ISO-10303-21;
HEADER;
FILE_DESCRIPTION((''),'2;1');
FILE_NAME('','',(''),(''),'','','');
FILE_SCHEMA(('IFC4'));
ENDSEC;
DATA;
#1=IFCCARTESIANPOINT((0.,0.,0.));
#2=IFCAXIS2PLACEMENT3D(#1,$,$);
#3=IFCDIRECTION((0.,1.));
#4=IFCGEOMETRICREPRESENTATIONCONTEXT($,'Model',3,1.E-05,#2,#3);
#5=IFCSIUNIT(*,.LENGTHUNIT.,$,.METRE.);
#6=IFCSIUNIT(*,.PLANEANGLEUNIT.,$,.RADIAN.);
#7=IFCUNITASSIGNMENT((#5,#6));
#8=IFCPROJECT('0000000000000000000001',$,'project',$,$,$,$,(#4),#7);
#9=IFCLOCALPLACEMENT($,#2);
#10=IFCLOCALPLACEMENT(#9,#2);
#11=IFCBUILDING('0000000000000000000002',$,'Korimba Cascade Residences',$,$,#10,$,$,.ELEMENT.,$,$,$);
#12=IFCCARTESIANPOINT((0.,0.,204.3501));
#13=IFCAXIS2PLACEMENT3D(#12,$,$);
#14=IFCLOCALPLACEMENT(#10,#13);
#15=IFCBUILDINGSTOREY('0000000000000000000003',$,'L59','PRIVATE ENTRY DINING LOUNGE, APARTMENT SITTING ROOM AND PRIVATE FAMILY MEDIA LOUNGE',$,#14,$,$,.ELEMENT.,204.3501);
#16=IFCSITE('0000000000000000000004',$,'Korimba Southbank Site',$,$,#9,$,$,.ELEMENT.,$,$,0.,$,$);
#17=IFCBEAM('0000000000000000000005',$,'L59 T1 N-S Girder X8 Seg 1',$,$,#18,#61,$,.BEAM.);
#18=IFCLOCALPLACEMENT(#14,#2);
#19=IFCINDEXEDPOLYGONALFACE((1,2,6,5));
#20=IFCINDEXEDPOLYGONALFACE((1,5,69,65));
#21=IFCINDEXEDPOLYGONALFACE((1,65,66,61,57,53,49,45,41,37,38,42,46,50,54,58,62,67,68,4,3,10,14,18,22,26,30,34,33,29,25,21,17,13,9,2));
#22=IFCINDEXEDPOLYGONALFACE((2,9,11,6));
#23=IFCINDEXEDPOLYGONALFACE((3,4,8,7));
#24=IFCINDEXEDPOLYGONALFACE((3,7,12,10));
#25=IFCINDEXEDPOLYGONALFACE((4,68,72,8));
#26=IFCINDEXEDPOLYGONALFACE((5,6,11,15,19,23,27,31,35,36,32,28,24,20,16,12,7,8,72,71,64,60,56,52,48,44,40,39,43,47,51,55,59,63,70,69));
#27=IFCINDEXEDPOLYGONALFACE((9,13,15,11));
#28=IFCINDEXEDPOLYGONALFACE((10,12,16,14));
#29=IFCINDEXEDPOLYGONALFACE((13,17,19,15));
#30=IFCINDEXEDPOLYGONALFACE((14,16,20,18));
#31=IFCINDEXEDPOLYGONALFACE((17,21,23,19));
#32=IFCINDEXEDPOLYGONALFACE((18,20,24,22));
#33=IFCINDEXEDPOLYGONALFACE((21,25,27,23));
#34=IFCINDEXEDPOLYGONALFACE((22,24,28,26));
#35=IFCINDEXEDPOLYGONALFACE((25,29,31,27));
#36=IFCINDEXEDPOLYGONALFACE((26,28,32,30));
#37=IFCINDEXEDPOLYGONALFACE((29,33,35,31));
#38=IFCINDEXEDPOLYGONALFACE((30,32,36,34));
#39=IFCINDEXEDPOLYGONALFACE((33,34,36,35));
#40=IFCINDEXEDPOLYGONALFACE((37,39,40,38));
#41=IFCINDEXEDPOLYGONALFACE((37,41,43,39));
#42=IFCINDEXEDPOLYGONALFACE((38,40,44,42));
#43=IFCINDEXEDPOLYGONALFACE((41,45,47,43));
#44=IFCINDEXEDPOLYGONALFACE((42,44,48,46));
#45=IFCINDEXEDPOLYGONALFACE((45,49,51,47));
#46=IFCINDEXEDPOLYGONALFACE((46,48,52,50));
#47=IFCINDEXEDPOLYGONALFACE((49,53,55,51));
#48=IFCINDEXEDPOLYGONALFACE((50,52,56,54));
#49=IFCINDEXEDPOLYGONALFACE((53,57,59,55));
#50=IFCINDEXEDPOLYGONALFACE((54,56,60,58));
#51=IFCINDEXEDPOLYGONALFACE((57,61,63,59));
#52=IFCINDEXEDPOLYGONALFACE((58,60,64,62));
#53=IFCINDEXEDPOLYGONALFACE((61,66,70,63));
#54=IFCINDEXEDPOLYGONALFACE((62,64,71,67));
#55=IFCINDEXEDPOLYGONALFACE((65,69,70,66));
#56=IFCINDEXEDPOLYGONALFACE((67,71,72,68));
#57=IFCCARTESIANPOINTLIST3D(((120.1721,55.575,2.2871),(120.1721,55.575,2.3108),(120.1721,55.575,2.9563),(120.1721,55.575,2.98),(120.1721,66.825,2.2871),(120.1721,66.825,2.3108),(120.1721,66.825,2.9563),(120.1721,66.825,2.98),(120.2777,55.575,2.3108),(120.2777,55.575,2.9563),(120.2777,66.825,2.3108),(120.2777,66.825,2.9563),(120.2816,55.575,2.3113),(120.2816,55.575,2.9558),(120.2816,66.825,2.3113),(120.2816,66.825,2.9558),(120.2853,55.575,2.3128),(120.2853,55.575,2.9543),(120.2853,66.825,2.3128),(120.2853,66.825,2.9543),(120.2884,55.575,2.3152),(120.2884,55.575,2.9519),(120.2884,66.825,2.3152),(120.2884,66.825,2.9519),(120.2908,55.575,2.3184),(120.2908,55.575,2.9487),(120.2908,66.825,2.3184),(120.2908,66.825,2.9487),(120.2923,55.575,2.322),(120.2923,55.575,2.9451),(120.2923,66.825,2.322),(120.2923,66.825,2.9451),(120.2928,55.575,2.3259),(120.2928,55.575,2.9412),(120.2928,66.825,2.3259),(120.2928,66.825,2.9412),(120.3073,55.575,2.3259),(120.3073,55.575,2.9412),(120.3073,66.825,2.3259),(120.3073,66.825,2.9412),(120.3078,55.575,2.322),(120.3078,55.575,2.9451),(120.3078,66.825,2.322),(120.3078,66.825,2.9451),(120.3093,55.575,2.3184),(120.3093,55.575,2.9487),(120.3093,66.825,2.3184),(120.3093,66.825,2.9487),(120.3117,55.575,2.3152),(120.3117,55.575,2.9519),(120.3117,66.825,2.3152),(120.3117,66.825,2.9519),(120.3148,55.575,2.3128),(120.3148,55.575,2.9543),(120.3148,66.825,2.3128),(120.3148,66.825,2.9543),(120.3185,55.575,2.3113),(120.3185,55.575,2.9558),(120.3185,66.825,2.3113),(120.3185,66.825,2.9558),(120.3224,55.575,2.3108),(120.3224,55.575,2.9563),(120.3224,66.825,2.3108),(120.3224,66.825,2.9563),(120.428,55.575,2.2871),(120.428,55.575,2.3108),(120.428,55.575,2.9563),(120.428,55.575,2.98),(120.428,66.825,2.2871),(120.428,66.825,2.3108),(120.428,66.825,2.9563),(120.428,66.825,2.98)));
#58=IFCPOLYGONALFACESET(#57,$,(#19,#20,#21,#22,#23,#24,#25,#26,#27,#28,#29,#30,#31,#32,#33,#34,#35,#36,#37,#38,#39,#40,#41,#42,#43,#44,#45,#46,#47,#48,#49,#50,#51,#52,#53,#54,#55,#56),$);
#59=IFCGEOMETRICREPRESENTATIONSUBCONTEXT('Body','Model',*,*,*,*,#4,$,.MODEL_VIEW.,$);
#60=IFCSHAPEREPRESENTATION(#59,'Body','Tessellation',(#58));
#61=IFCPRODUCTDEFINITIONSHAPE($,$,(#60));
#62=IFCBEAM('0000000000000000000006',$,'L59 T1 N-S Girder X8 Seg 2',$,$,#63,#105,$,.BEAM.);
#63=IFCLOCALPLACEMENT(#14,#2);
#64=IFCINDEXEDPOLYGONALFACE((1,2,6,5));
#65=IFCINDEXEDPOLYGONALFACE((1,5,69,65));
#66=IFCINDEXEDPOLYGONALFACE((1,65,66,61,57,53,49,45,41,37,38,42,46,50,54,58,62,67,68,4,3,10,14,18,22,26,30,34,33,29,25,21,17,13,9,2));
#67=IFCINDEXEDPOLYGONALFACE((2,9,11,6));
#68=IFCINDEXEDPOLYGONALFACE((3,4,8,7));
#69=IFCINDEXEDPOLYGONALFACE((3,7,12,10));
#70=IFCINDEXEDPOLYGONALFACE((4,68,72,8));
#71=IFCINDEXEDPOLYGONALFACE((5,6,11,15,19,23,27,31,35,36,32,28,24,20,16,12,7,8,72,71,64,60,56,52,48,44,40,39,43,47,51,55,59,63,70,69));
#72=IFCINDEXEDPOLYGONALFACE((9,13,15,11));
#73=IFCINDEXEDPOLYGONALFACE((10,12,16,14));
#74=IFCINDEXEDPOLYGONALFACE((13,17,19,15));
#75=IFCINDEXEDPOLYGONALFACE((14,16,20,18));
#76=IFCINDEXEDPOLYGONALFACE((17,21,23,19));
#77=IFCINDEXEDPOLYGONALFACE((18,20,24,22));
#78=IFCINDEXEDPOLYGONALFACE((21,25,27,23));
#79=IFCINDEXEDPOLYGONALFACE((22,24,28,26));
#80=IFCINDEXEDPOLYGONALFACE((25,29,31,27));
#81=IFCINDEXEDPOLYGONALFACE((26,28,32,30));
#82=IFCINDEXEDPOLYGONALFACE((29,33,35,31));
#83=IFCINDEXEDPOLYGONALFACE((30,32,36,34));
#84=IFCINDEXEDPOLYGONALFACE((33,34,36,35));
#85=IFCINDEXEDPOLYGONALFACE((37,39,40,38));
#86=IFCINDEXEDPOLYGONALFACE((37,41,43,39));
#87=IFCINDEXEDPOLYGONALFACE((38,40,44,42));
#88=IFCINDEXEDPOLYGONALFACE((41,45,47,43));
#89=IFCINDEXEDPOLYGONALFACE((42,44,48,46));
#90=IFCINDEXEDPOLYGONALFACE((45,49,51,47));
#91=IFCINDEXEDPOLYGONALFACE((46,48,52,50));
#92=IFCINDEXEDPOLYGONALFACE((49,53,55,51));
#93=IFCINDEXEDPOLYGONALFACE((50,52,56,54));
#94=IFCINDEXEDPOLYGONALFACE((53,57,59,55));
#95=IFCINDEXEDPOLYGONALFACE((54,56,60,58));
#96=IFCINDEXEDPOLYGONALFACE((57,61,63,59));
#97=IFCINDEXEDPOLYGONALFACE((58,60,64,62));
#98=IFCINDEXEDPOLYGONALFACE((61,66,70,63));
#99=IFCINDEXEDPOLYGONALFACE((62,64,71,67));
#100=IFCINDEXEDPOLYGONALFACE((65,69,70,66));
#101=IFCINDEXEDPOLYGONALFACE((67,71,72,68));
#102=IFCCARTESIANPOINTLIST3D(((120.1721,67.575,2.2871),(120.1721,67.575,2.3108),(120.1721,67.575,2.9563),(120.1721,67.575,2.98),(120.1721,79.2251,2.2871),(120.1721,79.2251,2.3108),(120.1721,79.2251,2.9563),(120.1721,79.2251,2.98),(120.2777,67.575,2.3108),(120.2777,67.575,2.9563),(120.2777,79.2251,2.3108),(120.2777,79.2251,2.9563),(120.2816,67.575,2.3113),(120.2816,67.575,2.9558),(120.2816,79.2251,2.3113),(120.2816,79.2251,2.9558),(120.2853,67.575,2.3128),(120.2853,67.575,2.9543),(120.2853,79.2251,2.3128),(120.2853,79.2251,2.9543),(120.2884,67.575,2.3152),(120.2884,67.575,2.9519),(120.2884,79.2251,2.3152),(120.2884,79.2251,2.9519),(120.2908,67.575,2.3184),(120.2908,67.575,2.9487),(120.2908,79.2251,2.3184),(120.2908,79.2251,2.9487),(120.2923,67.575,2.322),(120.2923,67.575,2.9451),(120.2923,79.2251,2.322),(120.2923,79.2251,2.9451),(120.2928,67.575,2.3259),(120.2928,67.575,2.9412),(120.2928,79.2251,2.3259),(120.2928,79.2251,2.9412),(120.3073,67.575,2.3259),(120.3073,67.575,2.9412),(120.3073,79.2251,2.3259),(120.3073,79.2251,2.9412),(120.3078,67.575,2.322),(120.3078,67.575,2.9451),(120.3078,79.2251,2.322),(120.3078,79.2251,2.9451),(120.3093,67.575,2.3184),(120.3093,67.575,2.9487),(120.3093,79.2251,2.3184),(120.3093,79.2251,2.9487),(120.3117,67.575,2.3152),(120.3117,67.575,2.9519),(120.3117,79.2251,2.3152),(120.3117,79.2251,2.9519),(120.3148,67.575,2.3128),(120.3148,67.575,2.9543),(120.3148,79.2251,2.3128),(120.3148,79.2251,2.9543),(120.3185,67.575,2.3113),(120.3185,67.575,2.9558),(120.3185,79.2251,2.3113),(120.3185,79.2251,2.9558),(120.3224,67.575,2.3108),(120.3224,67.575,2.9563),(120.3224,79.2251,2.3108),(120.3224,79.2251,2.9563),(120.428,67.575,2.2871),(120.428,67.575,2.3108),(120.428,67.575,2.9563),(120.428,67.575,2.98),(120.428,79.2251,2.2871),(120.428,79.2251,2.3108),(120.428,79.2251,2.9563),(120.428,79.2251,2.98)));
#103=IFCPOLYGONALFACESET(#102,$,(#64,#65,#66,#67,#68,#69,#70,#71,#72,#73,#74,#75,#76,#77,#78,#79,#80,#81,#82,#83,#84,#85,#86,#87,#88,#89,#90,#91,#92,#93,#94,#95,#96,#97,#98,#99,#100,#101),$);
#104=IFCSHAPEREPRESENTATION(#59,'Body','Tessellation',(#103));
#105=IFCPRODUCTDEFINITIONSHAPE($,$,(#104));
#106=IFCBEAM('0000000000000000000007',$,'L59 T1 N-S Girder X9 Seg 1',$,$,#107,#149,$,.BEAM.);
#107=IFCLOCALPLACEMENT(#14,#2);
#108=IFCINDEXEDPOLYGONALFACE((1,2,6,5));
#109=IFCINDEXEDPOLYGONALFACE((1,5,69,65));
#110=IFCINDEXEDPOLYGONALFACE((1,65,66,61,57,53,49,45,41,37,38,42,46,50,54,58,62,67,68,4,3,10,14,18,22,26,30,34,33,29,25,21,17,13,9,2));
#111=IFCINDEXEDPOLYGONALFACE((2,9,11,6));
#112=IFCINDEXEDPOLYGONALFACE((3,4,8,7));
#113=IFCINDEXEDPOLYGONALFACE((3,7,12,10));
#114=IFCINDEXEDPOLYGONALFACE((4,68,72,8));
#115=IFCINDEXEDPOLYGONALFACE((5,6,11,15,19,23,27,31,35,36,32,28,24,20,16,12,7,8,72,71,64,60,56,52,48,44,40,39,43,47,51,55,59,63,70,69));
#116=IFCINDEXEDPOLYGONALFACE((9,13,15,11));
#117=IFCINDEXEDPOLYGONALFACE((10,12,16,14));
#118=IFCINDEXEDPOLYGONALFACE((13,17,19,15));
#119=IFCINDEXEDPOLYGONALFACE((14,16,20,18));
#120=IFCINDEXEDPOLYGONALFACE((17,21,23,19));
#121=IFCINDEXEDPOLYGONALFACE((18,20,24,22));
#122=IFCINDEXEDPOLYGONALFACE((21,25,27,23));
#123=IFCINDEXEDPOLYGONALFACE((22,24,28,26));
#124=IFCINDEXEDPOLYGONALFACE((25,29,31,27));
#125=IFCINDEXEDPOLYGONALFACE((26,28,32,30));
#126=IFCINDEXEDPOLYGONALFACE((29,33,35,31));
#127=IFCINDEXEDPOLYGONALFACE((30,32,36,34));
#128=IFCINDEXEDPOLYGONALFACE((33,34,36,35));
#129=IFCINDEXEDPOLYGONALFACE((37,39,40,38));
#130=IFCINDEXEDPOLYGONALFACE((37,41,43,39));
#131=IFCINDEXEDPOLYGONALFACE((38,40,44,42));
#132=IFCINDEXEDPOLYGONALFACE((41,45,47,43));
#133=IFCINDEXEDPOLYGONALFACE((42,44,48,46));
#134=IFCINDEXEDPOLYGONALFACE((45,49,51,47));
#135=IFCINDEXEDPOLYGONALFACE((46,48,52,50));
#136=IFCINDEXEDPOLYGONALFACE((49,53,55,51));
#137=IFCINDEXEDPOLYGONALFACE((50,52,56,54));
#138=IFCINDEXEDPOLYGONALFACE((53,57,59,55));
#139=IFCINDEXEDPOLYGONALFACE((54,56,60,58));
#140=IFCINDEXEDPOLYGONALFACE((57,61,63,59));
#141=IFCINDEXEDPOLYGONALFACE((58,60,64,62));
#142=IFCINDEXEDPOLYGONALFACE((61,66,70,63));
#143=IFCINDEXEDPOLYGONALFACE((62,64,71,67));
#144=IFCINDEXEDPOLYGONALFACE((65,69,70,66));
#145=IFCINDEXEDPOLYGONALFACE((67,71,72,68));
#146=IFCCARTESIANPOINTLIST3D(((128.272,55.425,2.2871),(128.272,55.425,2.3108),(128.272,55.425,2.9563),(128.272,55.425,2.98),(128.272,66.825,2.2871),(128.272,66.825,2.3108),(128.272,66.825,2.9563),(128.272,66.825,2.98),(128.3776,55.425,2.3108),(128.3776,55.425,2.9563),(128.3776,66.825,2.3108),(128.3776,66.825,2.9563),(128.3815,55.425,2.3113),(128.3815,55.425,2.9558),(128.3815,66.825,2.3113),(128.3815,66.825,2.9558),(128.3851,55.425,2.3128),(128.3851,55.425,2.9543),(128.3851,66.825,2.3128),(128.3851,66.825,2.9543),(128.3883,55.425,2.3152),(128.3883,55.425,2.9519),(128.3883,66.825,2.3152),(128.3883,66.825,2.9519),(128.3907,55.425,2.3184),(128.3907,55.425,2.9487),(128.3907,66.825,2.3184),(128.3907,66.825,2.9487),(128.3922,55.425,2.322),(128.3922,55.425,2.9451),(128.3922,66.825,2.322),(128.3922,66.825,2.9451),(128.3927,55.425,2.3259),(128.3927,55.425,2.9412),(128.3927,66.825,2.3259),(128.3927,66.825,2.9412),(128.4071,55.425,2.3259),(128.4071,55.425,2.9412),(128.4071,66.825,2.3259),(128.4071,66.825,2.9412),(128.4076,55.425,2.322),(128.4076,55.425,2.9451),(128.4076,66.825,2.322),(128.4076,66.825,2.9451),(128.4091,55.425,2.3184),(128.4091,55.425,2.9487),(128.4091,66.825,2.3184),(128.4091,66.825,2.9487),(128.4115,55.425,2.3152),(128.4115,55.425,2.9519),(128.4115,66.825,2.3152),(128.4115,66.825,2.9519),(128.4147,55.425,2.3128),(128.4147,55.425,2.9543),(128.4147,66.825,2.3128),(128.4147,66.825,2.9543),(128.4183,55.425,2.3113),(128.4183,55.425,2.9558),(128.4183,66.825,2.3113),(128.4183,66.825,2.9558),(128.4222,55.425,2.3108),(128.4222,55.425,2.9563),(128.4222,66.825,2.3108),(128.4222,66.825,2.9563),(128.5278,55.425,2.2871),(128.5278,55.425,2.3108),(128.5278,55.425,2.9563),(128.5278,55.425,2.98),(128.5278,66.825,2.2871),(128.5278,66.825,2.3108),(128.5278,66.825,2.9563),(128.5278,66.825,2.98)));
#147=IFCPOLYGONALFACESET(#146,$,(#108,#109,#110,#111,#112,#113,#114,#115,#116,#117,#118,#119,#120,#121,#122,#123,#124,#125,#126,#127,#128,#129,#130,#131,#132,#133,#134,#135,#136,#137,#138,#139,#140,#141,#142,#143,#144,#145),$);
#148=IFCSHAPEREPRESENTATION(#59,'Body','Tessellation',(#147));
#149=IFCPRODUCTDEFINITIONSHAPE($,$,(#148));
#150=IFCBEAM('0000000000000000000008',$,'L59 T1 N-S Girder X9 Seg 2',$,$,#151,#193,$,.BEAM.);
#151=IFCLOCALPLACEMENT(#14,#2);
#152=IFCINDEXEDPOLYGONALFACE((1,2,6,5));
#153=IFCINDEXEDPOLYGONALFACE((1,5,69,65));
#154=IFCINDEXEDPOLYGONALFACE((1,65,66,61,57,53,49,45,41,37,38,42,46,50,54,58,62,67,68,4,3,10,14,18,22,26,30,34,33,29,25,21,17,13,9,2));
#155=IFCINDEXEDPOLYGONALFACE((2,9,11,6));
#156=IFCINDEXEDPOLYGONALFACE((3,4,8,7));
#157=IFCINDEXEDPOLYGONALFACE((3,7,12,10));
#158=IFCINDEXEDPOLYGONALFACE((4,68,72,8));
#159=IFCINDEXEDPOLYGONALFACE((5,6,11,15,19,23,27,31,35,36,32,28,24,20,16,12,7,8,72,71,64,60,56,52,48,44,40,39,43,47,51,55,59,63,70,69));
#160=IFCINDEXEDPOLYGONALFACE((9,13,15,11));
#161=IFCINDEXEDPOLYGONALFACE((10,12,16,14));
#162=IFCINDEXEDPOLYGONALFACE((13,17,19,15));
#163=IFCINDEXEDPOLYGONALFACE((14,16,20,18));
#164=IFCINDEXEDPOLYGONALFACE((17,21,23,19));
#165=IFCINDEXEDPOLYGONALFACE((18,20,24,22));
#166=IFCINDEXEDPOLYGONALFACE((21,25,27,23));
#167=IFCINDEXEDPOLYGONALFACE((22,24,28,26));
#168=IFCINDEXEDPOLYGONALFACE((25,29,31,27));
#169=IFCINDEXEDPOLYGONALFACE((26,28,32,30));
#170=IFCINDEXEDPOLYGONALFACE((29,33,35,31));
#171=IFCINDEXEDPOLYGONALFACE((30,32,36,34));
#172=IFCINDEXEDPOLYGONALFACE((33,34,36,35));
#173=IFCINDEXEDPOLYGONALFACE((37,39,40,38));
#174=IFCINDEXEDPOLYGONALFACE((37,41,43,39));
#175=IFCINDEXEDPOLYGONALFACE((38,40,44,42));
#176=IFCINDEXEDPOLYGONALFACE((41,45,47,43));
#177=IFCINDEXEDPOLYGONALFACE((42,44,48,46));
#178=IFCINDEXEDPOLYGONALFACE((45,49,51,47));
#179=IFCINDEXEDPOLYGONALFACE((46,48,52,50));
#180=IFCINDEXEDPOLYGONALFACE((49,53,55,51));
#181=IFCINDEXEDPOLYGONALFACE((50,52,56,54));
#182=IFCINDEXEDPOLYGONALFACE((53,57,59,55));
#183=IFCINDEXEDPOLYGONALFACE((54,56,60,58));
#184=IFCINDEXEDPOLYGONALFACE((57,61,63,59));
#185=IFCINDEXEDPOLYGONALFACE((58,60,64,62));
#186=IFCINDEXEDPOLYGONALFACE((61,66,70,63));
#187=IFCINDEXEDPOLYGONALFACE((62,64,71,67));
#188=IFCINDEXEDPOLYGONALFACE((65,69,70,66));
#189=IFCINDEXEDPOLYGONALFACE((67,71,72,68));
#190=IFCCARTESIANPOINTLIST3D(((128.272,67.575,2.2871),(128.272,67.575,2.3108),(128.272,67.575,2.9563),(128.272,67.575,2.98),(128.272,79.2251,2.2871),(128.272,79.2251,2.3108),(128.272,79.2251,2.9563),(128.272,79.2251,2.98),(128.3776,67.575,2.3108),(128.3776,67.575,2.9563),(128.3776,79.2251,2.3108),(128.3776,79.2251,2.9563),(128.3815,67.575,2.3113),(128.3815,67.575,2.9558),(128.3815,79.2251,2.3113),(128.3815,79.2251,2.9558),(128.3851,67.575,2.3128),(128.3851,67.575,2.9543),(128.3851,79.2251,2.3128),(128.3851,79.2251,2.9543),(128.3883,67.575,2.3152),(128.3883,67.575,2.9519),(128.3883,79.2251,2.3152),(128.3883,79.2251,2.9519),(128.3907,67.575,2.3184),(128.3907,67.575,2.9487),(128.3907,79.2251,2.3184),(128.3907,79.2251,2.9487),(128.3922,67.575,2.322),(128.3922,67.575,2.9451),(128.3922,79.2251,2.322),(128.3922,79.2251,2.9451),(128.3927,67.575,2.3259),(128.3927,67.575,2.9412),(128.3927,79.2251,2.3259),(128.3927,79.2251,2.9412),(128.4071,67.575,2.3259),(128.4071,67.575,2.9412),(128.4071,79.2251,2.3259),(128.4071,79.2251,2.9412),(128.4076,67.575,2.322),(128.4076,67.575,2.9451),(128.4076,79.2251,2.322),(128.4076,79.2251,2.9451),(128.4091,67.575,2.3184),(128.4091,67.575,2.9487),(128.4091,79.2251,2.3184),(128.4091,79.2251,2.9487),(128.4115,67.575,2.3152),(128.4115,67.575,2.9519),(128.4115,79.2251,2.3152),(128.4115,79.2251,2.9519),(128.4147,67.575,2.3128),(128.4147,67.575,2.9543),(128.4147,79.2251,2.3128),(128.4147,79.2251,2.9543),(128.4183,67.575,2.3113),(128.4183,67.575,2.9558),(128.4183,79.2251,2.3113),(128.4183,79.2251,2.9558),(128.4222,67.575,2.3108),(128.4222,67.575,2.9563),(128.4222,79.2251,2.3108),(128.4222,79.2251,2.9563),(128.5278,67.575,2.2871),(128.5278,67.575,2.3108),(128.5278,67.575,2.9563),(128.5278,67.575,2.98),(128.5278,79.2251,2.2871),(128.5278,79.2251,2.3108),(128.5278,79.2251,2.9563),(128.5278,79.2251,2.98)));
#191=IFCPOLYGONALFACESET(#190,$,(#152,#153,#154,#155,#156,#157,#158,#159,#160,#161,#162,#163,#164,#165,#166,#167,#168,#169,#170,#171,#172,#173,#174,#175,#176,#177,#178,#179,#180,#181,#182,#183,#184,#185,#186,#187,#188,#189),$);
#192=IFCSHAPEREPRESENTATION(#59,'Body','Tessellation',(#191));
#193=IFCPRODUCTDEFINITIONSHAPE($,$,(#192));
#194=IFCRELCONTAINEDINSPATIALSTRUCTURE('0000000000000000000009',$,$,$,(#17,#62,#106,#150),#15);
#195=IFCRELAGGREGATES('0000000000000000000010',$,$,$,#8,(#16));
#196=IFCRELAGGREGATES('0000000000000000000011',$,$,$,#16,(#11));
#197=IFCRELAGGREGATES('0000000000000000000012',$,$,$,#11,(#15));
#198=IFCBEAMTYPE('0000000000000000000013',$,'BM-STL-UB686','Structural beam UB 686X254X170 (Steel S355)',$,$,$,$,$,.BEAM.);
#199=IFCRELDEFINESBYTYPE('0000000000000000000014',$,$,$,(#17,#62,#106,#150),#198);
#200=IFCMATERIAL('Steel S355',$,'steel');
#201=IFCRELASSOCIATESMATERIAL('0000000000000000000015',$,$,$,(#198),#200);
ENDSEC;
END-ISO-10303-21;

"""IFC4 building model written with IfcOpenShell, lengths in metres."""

from ifc_helpers import new_model, si_unit, direction, frame, origin, origin_2d, place, context, subcontext, project, spatial, i_section, extrude, material, material_profile, profile_set, type_object, element, save


model = new_model("IFC4")

# Units and contexts
model_context = context("Model", 3, precision=1e-05, world=origin(), true_north=direction((0.0, 1.0)))
body_context = subcontext(model_context, "Body", "Model", "MODEL_VIEW")
ifc_project = project(units=[si_unit("LENGTHUNIT", "METRE"), si_unit("PLANEANGLEUNIT", "RADIAN")], contexts=[model_context])

# Site, building, storey
site_placement = place(None, origin())
site = spatial("IfcSite", under=ifc_project, at=site_placement, Name="Korimba Southbank Site", CompositionType="ELEMENT", RefElevation=0.0)
building_placement = place(site_placement, origin())
building = spatial("IfcBuilding", under=site, at=building_placement, Name="Korimba Cascade Residences", CompositionType="ELEMENT")
storey_placement = place(building_placement, frame((0.0, 0.0, 204.3501)))
storey = spatial("IfcBuildingStorey", under=building, at=storey_placement, Name="L59", Description="PRIVATE ENTRY DINING LOUNGE, APARTMENT SITTING ROOM AND PRIVATE FAMILY MEDIA LOUNGE", CompositionType="ELEMENT", Elevation=204.3501)

# Beams
ifc_material_1 = material(Name="Steel S355", Category="steel")
ifc_material_profile_1 = material_profile(ifc_material_1, i_section(OverallWidth=0.2559, OverallDepth=0.6929, WebThickness=0.0144, FlangeThickness=0.0237, FilletRadius=0.0151, at=origin_2d()), Name="Steel S355")
ifc_profile_set_1 = profile_set([ifc_material_profile_1], Name="Steel S355")
beam_type_1 = type_object("IfcBeamType", Name="BM-STL-UB686", Description="Structural beam UB 686X254X170 (Steel S355)", PredefinedType="BEAM", material=ifc_profile_set_1)
beam_1_placement = place(storey_placement, frame((120.3, 55.575, 2.6335), z_axis=(0.0, 1.0, 0.0), x_axis=(-1.0, 0.0, 0.0)))
element("IfcBeam", 1, at=beam_1_placement, inside=storey, type_object=beam_type_1, Name="L59 T1 N-S Girder X8 Seg 1", PredefinedType="BEAM", context=body_context, shape_type="SweptSolid", body=[
    extrude(i_section(OverallWidth=0.2559, OverallDepth=0.6929, WebThickness=0.0144, FlangeThickness=0.0237, FilletRadius=0.0151, at=origin_2d()), origin(), (0.0, 0.0, 1.0), 11.25),
])
beam_2_placement = place(storey_placement, frame((120.3, 67.575, 2.6335), z_axis=(0.0, 1.0, 0.0), x_axis=(-1.0, 0.0, 0.0)))
element("IfcBeam", 2, at=beam_2_placement, inside=storey, type_object=beam_type_1, Name="L59 T1 N-S Girder X8 Seg 2", PredefinedType="BEAM", context=body_context, shape_type="SweptSolid", body=[
    extrude(i_section(OverallWidth=0.2559, OverallDepth=0.6929, WebThickness=0.0144, FlangeThickness=0.0237, FilletRadius=0.0151, at=origin_2d()), origin(), (0.0, 0.0, 1.0), 11.6501),
])
beam_3_placement = place(storey_placement, frame((128.3999, 55.425, 2.6335), z_axis=(0.0, 1.0, 0.0), x_axis=(-1.0, 0.0, 0.0)))
element("IfcBeam", 3, at=beam_3_placement, inside=storey, type_object=beam_type_1, Name="L59 T1 N-S Girder X9 Seg 1", PredefinedType="BEAM", context=body_context, shape_type="SweptSolid", body=[
    extrude(i_section(OverallWidth=0.2559, OverallDepth=0.6929, WebThickness=0.0144, FlangeThickness=0.0237, FilletRadius=0.0151, at=origin_2d()), origin(), (0.0, 0.0, 1.0), 11.3999),
])
beam_4_placement = place(storey_placement, frame((128.3999, 67.575, 2.6335), z_axis=(0.0, 1.0, 0.0), x_axis=(-1.0, 0.0, 0.0)))
element("IfcBeam", 4, at=beam_4_placement, inside=storey, type_object=beam_type_1, Name="L59 T1 N-S Girder X9 Seg 2", PredefinedType="BEAM", context=body_context, shape_type="SweptSolid", body=[
    extrude(i_section(OverallWidth=0.2559, OverallDepth=0.6929, WebThickness=0.0144, FlangeThickness=0.0237, FilletRadius=0.0151, at=origin_2d()), origin(), (0.0, 0.0, 1.0), 11.6501),
])

save(model, "model.ifc")
